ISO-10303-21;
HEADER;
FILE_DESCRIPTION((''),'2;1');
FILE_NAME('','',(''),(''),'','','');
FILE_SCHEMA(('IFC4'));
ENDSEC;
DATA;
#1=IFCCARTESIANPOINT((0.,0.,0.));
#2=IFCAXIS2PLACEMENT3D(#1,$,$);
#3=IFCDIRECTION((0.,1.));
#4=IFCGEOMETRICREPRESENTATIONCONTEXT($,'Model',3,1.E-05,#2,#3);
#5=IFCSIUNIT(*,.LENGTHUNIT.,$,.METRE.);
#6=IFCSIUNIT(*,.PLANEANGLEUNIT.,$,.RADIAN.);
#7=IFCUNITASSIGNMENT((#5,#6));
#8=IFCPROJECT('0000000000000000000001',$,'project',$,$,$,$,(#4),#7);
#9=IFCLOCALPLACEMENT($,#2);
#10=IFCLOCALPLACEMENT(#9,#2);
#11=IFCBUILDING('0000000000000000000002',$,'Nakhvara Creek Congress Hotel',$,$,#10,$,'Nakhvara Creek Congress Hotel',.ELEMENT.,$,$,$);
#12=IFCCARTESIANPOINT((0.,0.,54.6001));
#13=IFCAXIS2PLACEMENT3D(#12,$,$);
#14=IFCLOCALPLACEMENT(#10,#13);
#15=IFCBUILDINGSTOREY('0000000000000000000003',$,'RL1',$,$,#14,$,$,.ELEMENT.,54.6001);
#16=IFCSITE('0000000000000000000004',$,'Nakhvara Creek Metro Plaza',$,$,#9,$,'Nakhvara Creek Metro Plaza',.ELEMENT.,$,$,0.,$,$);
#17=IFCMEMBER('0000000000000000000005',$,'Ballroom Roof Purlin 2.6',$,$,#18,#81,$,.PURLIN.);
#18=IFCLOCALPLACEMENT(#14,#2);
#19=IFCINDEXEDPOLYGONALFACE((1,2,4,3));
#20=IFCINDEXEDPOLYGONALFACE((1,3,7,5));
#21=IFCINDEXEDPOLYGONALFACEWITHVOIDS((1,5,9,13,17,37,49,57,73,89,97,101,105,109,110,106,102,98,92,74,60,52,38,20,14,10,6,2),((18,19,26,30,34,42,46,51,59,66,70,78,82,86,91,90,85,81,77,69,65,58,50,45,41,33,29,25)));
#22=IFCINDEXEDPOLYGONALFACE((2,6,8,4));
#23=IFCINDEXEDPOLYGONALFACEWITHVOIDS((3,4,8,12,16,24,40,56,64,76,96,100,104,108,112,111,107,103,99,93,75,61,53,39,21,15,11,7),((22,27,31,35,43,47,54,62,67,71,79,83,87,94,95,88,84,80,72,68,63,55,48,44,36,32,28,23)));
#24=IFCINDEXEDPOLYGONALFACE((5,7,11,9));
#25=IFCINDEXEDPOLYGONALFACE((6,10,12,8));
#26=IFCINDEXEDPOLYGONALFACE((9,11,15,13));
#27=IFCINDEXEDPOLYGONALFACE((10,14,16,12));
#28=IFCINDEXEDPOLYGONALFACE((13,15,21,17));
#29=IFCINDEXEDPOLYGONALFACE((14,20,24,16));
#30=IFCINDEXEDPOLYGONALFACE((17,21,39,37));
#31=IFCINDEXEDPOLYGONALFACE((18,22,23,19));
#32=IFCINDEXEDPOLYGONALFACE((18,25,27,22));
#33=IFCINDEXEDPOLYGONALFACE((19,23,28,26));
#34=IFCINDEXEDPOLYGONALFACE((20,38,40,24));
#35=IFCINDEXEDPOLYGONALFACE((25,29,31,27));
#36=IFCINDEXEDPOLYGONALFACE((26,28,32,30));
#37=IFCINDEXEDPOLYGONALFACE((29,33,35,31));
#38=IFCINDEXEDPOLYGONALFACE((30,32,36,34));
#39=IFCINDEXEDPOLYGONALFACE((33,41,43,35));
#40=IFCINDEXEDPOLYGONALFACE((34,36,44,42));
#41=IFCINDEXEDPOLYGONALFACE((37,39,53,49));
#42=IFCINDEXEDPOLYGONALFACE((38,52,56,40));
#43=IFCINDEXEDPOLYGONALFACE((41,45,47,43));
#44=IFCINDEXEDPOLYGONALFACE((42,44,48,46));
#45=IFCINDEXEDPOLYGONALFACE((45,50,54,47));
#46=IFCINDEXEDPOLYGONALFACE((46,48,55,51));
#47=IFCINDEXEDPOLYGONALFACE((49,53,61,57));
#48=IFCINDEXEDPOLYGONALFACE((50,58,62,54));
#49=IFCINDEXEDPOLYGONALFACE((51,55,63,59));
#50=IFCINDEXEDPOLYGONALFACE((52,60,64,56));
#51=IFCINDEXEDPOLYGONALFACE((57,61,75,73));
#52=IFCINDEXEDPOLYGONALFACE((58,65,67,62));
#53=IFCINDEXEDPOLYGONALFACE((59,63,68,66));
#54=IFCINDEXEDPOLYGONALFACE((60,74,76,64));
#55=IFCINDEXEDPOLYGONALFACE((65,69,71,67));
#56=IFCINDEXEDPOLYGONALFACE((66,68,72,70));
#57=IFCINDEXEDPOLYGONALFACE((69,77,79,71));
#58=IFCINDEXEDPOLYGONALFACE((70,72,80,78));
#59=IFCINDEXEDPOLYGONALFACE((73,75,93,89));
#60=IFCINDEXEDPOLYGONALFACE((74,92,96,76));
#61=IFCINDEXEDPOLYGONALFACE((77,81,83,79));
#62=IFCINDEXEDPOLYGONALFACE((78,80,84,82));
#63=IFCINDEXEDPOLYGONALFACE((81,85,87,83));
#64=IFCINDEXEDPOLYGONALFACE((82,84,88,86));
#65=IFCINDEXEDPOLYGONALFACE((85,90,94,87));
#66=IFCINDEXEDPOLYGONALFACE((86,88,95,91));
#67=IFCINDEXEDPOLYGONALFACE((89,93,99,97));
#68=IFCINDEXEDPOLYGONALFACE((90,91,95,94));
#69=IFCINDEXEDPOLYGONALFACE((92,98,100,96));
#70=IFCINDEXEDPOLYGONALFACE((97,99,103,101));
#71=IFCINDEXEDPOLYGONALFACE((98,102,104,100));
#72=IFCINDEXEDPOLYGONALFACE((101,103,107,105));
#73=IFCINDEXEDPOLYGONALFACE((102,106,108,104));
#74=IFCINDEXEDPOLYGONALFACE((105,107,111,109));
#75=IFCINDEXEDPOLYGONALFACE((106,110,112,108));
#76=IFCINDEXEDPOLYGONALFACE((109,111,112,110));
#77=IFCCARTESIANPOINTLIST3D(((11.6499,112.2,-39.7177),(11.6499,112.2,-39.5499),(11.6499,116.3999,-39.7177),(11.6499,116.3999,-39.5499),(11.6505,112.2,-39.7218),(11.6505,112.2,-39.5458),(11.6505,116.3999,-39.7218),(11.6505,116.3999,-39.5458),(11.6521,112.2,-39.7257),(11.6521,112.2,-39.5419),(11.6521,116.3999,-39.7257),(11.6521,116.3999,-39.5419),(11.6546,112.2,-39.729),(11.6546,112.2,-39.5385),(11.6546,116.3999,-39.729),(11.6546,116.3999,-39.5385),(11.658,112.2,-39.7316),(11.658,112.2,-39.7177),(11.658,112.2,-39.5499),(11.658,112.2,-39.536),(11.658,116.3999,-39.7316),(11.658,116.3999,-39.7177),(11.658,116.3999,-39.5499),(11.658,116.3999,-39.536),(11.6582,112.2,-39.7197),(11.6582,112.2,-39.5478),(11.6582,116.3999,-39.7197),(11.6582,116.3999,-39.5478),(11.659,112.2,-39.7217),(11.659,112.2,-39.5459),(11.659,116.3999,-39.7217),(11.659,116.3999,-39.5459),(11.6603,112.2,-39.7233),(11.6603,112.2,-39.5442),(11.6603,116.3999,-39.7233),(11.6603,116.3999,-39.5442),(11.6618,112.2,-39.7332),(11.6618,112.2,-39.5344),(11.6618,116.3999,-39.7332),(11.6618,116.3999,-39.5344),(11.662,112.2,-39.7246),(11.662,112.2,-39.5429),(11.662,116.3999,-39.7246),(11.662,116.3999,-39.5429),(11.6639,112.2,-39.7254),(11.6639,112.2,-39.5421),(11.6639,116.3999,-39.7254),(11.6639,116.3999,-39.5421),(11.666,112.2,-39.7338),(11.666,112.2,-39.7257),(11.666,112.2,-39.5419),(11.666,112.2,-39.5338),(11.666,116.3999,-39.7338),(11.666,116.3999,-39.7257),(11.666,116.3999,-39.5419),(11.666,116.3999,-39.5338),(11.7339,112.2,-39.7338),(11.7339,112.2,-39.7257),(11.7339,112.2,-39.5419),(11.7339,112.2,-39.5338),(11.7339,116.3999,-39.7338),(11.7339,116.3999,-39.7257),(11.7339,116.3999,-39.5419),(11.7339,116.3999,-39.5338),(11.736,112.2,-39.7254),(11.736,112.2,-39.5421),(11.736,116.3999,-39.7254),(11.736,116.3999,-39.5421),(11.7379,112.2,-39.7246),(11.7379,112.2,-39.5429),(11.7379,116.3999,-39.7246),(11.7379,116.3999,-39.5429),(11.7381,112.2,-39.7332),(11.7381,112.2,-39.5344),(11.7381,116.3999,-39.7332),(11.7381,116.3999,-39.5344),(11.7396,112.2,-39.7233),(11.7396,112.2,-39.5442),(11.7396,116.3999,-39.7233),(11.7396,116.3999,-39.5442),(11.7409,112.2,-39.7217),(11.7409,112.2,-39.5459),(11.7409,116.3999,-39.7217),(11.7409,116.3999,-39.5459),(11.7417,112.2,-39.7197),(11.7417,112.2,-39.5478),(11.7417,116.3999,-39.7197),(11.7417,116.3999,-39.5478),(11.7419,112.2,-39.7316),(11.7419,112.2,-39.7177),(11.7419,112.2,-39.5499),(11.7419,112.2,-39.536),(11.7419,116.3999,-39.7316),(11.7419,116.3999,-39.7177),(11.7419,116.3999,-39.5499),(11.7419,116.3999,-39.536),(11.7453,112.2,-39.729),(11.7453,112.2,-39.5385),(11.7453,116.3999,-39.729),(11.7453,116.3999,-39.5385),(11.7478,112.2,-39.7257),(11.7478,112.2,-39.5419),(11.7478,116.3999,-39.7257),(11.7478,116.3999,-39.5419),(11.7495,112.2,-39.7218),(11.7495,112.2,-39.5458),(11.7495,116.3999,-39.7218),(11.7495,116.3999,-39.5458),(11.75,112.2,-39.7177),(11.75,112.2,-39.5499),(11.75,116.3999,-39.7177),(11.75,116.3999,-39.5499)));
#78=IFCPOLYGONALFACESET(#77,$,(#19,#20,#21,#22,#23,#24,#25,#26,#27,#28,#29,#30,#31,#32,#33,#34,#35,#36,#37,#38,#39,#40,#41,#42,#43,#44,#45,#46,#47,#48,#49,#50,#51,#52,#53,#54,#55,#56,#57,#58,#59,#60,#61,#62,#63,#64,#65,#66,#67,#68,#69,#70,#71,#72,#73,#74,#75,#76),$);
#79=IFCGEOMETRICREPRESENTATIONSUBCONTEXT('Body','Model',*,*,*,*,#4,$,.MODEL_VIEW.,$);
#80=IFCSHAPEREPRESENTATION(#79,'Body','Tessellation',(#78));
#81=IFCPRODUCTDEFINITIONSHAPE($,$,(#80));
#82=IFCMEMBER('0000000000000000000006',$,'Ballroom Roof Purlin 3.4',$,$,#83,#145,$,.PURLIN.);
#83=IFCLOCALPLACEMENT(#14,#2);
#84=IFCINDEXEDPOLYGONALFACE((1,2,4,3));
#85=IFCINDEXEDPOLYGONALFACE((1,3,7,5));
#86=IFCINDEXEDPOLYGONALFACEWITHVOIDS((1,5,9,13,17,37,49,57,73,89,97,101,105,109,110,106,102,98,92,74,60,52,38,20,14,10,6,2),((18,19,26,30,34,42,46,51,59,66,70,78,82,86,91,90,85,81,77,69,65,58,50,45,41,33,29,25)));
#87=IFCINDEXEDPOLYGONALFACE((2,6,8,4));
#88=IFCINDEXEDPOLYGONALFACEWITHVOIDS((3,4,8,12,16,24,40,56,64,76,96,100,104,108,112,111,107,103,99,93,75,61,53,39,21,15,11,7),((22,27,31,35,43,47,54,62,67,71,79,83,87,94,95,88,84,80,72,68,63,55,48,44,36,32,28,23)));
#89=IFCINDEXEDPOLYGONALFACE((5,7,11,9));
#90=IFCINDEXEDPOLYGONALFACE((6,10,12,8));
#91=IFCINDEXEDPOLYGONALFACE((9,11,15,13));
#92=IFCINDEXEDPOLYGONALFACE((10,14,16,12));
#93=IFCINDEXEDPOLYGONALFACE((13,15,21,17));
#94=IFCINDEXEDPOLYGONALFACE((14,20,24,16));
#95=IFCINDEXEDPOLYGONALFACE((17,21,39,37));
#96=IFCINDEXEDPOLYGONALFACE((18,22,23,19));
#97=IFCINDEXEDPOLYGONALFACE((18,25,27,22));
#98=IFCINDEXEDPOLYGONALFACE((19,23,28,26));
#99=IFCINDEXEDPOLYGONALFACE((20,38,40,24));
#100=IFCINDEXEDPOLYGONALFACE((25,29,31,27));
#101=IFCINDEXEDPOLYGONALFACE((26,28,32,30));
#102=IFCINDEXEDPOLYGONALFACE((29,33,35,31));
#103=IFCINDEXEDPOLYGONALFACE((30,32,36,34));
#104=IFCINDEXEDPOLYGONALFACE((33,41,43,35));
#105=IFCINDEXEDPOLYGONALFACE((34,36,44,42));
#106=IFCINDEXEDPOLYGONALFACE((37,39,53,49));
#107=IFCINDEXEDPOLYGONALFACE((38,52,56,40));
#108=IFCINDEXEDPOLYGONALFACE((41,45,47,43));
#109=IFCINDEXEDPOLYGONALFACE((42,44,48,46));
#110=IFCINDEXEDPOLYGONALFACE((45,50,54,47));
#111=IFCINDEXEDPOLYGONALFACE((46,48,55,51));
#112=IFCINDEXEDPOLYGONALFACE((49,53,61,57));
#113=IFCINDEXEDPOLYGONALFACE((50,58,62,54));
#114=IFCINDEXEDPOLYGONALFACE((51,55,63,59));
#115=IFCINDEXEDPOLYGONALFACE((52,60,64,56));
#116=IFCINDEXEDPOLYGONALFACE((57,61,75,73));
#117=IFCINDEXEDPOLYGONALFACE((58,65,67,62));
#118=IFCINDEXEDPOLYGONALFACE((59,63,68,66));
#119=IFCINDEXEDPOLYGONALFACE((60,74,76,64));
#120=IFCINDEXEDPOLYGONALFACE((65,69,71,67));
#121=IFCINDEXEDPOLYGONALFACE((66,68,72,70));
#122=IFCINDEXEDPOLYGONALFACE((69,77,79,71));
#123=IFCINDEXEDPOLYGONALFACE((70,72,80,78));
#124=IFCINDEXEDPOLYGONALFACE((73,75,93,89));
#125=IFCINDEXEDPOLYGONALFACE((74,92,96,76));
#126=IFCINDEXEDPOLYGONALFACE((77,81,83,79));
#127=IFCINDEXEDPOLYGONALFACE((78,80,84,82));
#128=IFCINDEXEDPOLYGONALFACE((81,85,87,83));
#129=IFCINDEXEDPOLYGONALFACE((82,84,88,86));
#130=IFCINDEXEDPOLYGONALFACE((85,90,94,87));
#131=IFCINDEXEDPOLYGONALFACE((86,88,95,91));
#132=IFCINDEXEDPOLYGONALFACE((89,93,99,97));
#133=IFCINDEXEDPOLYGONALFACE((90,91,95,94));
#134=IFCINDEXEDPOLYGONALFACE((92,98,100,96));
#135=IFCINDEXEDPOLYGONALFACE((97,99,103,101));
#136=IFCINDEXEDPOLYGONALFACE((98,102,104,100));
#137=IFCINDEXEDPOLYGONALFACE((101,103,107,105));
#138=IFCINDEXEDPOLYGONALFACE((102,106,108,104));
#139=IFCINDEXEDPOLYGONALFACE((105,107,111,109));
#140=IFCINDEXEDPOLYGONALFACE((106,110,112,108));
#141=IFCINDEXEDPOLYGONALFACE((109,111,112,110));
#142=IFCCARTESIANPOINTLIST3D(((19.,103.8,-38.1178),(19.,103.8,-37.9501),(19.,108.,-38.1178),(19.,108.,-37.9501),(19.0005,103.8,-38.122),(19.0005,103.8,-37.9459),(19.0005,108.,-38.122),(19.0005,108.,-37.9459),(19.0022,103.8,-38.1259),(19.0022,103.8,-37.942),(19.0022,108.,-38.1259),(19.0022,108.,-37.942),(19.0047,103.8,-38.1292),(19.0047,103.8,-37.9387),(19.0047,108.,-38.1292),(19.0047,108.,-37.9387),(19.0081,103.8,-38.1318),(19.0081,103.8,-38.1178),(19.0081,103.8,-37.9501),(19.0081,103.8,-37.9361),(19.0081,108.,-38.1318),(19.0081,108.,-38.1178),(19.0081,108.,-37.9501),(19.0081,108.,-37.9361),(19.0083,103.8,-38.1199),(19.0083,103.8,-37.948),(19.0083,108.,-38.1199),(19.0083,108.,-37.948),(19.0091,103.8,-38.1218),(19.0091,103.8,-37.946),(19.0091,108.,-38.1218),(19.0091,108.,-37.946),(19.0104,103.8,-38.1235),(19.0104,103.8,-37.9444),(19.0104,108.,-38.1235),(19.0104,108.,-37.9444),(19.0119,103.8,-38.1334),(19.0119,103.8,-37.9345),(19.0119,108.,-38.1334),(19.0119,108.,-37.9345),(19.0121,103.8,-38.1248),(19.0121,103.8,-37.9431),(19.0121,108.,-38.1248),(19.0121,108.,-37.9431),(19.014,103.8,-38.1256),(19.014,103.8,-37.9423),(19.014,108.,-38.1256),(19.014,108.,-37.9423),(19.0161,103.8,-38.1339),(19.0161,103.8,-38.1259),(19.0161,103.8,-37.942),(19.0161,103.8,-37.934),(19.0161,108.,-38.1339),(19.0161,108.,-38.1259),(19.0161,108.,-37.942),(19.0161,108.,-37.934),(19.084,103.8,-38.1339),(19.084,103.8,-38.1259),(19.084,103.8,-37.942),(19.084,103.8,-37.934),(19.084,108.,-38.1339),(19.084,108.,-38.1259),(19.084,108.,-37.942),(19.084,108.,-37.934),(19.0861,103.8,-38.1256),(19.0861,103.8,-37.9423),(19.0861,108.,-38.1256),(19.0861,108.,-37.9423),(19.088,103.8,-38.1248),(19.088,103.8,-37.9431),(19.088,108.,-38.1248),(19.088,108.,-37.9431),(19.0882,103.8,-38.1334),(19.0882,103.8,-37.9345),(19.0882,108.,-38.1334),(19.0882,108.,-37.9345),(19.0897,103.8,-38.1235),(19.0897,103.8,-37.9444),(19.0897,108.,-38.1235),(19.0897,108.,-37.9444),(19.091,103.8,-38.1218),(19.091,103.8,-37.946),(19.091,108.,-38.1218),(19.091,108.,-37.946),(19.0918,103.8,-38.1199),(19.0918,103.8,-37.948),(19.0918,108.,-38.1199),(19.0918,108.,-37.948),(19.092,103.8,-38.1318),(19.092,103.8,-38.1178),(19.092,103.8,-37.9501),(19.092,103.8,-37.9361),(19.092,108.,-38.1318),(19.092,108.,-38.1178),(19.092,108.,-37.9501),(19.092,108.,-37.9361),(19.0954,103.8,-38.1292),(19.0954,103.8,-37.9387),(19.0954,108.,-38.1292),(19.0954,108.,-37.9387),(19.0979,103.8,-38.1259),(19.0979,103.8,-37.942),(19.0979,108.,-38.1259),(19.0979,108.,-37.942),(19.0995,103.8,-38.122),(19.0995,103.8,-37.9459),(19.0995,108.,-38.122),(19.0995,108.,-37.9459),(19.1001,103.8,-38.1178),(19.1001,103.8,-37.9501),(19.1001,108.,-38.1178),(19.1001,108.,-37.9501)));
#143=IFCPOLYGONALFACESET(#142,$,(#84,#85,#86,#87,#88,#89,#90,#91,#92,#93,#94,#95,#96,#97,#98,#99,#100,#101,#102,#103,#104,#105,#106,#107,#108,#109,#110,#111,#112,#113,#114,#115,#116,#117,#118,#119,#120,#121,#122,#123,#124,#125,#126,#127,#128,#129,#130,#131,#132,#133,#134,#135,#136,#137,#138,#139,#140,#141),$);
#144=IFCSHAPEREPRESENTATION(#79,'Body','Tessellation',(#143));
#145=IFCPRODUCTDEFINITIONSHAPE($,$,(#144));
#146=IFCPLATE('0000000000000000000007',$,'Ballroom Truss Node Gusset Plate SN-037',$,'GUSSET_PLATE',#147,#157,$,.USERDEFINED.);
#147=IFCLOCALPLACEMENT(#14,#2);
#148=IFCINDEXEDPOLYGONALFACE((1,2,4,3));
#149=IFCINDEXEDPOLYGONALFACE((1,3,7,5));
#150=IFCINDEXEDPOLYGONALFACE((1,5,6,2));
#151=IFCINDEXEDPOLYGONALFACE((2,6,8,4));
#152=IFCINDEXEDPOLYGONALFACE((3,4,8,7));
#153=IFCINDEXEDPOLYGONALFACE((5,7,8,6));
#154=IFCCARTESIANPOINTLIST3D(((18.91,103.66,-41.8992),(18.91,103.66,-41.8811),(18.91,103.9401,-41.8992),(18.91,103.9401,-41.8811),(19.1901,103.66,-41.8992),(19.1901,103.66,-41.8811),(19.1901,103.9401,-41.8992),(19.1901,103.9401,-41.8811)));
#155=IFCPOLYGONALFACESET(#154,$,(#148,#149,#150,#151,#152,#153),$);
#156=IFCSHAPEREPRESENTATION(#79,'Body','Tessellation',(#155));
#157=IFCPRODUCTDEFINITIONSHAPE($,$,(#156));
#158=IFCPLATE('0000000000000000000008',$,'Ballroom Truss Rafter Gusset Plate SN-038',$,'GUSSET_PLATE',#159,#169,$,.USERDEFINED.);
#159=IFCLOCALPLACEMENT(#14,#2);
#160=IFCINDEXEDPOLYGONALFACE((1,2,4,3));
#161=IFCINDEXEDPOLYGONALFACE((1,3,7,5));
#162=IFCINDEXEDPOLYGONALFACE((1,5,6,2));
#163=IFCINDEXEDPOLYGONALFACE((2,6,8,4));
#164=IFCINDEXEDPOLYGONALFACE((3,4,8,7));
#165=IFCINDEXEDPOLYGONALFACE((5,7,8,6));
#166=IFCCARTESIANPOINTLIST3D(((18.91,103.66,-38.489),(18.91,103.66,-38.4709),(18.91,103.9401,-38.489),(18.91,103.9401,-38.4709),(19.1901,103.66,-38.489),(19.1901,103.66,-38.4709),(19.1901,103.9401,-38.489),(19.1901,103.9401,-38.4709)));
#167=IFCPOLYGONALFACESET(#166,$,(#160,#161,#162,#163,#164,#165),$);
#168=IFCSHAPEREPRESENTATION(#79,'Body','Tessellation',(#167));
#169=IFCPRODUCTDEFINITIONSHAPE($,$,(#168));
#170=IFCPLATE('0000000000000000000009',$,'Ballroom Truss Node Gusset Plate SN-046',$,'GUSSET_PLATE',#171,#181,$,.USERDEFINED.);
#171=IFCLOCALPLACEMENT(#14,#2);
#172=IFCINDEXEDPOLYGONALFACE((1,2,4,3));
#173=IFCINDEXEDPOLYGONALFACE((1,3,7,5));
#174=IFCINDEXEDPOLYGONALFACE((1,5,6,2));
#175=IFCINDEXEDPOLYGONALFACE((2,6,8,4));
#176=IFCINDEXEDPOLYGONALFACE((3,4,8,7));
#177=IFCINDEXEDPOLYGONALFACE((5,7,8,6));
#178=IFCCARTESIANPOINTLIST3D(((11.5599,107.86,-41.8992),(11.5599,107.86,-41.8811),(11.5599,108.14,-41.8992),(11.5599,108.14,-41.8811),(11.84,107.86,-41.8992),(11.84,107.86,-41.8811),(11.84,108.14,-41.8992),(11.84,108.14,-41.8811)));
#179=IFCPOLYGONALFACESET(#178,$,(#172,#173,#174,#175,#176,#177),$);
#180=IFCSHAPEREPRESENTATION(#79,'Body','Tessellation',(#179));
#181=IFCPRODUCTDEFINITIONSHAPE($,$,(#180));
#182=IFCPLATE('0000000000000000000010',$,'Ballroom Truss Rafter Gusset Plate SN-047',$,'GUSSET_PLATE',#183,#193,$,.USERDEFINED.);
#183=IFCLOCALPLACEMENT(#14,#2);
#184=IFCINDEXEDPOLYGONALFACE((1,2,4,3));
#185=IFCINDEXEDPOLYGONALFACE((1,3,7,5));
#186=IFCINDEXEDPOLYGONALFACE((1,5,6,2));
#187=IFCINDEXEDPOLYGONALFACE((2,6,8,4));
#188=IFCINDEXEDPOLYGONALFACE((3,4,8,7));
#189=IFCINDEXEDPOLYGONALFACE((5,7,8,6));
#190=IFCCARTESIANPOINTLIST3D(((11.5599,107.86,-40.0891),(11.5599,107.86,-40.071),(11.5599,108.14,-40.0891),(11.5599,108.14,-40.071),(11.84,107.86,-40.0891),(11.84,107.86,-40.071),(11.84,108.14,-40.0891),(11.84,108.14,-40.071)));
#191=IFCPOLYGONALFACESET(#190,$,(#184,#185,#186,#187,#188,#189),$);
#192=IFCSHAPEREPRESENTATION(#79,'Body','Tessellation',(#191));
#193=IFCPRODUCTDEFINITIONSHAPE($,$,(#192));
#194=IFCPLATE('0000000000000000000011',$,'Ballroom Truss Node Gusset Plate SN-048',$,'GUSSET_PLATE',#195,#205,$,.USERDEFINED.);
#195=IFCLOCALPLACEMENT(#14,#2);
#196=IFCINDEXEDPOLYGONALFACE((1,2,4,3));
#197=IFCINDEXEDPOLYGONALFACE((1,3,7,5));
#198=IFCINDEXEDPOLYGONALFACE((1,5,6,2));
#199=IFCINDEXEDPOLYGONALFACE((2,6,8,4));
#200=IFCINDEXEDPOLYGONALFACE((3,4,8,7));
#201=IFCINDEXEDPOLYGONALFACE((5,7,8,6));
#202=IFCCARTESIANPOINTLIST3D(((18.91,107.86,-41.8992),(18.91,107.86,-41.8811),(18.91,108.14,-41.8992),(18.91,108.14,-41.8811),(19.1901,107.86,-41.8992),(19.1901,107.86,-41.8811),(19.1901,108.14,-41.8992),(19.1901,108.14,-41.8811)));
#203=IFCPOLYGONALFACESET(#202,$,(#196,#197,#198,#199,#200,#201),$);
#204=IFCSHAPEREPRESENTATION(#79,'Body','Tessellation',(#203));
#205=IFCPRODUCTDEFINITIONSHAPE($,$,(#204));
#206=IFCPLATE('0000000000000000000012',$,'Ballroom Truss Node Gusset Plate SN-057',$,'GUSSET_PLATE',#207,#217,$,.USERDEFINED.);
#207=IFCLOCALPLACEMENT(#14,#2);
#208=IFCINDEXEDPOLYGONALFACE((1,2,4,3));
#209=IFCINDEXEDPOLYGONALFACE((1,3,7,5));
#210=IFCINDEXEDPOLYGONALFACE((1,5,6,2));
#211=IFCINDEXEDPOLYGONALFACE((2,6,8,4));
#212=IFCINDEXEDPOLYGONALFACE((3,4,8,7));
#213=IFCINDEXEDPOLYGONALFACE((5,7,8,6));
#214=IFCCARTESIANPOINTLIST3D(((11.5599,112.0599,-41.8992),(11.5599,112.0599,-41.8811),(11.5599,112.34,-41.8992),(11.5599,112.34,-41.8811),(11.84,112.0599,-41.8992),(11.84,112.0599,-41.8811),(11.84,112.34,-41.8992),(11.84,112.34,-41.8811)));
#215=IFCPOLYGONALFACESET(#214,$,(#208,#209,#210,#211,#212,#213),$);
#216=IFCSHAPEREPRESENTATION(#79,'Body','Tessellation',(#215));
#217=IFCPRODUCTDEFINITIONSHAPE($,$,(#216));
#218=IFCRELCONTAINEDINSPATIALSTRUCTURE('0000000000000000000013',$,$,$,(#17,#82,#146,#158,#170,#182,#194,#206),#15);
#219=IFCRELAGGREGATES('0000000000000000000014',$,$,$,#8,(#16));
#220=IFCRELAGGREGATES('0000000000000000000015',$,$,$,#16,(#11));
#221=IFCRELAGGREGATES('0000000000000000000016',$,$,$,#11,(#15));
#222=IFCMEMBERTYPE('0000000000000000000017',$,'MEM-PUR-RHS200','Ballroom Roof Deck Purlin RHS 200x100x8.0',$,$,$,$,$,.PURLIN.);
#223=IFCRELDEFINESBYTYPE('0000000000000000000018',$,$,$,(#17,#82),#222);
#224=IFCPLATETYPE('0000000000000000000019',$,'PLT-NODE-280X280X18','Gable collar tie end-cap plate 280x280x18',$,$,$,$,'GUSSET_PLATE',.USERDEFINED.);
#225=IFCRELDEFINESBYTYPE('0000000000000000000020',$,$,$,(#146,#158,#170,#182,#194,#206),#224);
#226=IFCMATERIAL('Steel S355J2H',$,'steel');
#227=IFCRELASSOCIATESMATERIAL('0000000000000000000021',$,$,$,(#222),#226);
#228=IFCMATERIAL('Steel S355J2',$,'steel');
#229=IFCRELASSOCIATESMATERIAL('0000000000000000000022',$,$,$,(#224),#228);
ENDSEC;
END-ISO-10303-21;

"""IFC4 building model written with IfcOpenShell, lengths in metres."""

from ifc_helpers import new_model, si_unit, direction, frame, origin, origin_2d, place, context, subcontext, project, spatial, rectangle, hollow_rectangle, extrude, material, material_profile, profile_set, type_object, element, save


model = new_model("IFC4")

# Units and contexts
model_context = context("Model", 3, precision=1e-05, world=origin(), true_north=direction((0.0, 1.0)))
body_context = subcontext(model_context, "Body", "Model", "MODEL_VIEW")
ifc_project = project(units=[si_unit("LENGTHUNIT", "METRE"), si_unit("PLANEANGLEUNIT", "RADIAN")], contexts=[model_context])

# Site, building, storey
site_placement = place(None, origin())
site = spatial("IfcSite", under=ifc_project, at=site_placement, Name="Nakhvara Creek Metro Plaza", LongName="Nakhvara Creek Metro Plaza", CompositionType="ELEMENT", RefElevation=0.0)
building_placement = place(site_placement, origin())
building = spatial("IfcBuilding", under=site, at=building_placement, Name="Nakhvara Creek Congress Hotel", LongName="Nakhvara Creek Congress Hotel", CompositionType="ELEMENT")
storey_placement = place(building_placement, frame((0.0, 0.0, 54.6001)))
storey = spatial("IfcBuildingStorey", under=building, at=storey_placement, Name="RL1", CompositionType="ELEMENT", Elevation=54.6001)

# Shared definitions
ifc_material_1 = material(Name="Steel S355J2", Category="steel")

# Members
ifc_material_2 = material(Name="Steel S355J2H", Category="steel")
ifc_material_profile_1 = material_profile(ifc_material_2, hollow_rectangle(XDim=0.1001, YDim=0.2, WallThickness=0.0081, InnerFilletRadius=0.0081, OuterFilletRadius=0.0161, at=origin_2d()), Name="RHS 200x100x8.0", Category="LoadBearing")
ifc_profile_set_1 = profile_set([ifc_material_profile_1], Name="Steel S355J2H")
member_type_1 = type_object("IfcMemberType", Name="MEM-PUR-RHS200", Description="Ballroom Roof Deck Purlin RHS 200x100x8.0", PredefinedType="PURLIN", material=ifc_profile_set_1)
for number, where, z_axis, x_axis, name in (
    (1, (11.7, 112.2, -39.6338), (0.0, 1.0, 0.0), (-1.0, 0.0, 0.0), "Ballroom Roof Purlin 2.6"),
    (2, (19.05, 103.8, -38.0339), (0.0, 1.0, 0.0), (-1.0, 0.0, 0.0), "Ballroom Roof Purlin 3.4"),
):
    element("IfcMember", number, at=place(storey_placement, frame(where, z_axis=z_axis, x_axis=x_axis)), inside=storey, type_object=member_type_1, Name=name, PredefinedType="PURLIN", context=body_context, shape_type="SweptSolid", body=[
        extrude(hollow_rectangle(XDim=0.1001, YDim=0.2, WallThickness=0.0081, InnerFilletRadius=0.0081, OuterFilletRadius=0.0161, at=origin_2d()), origin(), (0.0, 0.0, 1.0), 4.2),
    ])

# Plates
plate_type_1 = type_object("IfcPlateType", Name="PLT-NODE-280X280X18", Description="Gable collar tie end-cap plate 280x280x18", ElementType="GUSSET_PLATE", PredefinedType="USERDEFINED", material=ifc_material_1)
for number, where, z_axis, x_axis, name in (
    (3, (19.05, 103.8, -41.8992), (0.0, 0.0, 1.0), (1.0, 0.0, 0.0), "Ballroom Truss Node Gusset Plate SN-037"),
    (4, (19.05, 103.8, -38.489), (0.0, 0.0, 1.0), (1.0, 0.0, 0.0), "Ballroom Truss Rafter Gusset Plate SN-038"),
    (5, (11.7, 108.0, -41.8992), (0.0, 0.0, 1.0), (1.0, 0.0, 0.0), "Ballroom Truss Node Gusset Plate SN-046"),
    (6, (11.7, 108.0, -40.0891), (0.0, 0.0, 1.0), (1.0, 0.0, 0.0), "Ballroom Truss Rafter Gusset Plate SN-047"),
    (7, (19.05, 108.0, -41.8992), (0.0, 0.0, 1.0), (1.0, 0.0, 0.0), "Ballroom Truss Node Gusset Plate SN-048"),
    (8, (11.7, 112.2, -41.8992), (0.0, 0.0, 1.0), (1.0, 0.0, 0.0), "Ballroom Truss Node Gusset Plate SN-057"),
):
    element("IfcPlate", number, at=place(storey_placement, frame(where, z_axis=z_axis, x_axis=x_axis)), inside=storey, type_object=plate_type_1, Name=name, ObjectType="GUSSET_PLATE", PredefinedType="USERDEFINED", context=body_context, shape_type="SweptSolid", body=[
        extrude(rectangle(XDim=0.28, YDim=0.28, at=origin_2d()), origin(), (0.0, 0.0, 1.0), 0.0181),
    ])

save(model, "model.ifc")
